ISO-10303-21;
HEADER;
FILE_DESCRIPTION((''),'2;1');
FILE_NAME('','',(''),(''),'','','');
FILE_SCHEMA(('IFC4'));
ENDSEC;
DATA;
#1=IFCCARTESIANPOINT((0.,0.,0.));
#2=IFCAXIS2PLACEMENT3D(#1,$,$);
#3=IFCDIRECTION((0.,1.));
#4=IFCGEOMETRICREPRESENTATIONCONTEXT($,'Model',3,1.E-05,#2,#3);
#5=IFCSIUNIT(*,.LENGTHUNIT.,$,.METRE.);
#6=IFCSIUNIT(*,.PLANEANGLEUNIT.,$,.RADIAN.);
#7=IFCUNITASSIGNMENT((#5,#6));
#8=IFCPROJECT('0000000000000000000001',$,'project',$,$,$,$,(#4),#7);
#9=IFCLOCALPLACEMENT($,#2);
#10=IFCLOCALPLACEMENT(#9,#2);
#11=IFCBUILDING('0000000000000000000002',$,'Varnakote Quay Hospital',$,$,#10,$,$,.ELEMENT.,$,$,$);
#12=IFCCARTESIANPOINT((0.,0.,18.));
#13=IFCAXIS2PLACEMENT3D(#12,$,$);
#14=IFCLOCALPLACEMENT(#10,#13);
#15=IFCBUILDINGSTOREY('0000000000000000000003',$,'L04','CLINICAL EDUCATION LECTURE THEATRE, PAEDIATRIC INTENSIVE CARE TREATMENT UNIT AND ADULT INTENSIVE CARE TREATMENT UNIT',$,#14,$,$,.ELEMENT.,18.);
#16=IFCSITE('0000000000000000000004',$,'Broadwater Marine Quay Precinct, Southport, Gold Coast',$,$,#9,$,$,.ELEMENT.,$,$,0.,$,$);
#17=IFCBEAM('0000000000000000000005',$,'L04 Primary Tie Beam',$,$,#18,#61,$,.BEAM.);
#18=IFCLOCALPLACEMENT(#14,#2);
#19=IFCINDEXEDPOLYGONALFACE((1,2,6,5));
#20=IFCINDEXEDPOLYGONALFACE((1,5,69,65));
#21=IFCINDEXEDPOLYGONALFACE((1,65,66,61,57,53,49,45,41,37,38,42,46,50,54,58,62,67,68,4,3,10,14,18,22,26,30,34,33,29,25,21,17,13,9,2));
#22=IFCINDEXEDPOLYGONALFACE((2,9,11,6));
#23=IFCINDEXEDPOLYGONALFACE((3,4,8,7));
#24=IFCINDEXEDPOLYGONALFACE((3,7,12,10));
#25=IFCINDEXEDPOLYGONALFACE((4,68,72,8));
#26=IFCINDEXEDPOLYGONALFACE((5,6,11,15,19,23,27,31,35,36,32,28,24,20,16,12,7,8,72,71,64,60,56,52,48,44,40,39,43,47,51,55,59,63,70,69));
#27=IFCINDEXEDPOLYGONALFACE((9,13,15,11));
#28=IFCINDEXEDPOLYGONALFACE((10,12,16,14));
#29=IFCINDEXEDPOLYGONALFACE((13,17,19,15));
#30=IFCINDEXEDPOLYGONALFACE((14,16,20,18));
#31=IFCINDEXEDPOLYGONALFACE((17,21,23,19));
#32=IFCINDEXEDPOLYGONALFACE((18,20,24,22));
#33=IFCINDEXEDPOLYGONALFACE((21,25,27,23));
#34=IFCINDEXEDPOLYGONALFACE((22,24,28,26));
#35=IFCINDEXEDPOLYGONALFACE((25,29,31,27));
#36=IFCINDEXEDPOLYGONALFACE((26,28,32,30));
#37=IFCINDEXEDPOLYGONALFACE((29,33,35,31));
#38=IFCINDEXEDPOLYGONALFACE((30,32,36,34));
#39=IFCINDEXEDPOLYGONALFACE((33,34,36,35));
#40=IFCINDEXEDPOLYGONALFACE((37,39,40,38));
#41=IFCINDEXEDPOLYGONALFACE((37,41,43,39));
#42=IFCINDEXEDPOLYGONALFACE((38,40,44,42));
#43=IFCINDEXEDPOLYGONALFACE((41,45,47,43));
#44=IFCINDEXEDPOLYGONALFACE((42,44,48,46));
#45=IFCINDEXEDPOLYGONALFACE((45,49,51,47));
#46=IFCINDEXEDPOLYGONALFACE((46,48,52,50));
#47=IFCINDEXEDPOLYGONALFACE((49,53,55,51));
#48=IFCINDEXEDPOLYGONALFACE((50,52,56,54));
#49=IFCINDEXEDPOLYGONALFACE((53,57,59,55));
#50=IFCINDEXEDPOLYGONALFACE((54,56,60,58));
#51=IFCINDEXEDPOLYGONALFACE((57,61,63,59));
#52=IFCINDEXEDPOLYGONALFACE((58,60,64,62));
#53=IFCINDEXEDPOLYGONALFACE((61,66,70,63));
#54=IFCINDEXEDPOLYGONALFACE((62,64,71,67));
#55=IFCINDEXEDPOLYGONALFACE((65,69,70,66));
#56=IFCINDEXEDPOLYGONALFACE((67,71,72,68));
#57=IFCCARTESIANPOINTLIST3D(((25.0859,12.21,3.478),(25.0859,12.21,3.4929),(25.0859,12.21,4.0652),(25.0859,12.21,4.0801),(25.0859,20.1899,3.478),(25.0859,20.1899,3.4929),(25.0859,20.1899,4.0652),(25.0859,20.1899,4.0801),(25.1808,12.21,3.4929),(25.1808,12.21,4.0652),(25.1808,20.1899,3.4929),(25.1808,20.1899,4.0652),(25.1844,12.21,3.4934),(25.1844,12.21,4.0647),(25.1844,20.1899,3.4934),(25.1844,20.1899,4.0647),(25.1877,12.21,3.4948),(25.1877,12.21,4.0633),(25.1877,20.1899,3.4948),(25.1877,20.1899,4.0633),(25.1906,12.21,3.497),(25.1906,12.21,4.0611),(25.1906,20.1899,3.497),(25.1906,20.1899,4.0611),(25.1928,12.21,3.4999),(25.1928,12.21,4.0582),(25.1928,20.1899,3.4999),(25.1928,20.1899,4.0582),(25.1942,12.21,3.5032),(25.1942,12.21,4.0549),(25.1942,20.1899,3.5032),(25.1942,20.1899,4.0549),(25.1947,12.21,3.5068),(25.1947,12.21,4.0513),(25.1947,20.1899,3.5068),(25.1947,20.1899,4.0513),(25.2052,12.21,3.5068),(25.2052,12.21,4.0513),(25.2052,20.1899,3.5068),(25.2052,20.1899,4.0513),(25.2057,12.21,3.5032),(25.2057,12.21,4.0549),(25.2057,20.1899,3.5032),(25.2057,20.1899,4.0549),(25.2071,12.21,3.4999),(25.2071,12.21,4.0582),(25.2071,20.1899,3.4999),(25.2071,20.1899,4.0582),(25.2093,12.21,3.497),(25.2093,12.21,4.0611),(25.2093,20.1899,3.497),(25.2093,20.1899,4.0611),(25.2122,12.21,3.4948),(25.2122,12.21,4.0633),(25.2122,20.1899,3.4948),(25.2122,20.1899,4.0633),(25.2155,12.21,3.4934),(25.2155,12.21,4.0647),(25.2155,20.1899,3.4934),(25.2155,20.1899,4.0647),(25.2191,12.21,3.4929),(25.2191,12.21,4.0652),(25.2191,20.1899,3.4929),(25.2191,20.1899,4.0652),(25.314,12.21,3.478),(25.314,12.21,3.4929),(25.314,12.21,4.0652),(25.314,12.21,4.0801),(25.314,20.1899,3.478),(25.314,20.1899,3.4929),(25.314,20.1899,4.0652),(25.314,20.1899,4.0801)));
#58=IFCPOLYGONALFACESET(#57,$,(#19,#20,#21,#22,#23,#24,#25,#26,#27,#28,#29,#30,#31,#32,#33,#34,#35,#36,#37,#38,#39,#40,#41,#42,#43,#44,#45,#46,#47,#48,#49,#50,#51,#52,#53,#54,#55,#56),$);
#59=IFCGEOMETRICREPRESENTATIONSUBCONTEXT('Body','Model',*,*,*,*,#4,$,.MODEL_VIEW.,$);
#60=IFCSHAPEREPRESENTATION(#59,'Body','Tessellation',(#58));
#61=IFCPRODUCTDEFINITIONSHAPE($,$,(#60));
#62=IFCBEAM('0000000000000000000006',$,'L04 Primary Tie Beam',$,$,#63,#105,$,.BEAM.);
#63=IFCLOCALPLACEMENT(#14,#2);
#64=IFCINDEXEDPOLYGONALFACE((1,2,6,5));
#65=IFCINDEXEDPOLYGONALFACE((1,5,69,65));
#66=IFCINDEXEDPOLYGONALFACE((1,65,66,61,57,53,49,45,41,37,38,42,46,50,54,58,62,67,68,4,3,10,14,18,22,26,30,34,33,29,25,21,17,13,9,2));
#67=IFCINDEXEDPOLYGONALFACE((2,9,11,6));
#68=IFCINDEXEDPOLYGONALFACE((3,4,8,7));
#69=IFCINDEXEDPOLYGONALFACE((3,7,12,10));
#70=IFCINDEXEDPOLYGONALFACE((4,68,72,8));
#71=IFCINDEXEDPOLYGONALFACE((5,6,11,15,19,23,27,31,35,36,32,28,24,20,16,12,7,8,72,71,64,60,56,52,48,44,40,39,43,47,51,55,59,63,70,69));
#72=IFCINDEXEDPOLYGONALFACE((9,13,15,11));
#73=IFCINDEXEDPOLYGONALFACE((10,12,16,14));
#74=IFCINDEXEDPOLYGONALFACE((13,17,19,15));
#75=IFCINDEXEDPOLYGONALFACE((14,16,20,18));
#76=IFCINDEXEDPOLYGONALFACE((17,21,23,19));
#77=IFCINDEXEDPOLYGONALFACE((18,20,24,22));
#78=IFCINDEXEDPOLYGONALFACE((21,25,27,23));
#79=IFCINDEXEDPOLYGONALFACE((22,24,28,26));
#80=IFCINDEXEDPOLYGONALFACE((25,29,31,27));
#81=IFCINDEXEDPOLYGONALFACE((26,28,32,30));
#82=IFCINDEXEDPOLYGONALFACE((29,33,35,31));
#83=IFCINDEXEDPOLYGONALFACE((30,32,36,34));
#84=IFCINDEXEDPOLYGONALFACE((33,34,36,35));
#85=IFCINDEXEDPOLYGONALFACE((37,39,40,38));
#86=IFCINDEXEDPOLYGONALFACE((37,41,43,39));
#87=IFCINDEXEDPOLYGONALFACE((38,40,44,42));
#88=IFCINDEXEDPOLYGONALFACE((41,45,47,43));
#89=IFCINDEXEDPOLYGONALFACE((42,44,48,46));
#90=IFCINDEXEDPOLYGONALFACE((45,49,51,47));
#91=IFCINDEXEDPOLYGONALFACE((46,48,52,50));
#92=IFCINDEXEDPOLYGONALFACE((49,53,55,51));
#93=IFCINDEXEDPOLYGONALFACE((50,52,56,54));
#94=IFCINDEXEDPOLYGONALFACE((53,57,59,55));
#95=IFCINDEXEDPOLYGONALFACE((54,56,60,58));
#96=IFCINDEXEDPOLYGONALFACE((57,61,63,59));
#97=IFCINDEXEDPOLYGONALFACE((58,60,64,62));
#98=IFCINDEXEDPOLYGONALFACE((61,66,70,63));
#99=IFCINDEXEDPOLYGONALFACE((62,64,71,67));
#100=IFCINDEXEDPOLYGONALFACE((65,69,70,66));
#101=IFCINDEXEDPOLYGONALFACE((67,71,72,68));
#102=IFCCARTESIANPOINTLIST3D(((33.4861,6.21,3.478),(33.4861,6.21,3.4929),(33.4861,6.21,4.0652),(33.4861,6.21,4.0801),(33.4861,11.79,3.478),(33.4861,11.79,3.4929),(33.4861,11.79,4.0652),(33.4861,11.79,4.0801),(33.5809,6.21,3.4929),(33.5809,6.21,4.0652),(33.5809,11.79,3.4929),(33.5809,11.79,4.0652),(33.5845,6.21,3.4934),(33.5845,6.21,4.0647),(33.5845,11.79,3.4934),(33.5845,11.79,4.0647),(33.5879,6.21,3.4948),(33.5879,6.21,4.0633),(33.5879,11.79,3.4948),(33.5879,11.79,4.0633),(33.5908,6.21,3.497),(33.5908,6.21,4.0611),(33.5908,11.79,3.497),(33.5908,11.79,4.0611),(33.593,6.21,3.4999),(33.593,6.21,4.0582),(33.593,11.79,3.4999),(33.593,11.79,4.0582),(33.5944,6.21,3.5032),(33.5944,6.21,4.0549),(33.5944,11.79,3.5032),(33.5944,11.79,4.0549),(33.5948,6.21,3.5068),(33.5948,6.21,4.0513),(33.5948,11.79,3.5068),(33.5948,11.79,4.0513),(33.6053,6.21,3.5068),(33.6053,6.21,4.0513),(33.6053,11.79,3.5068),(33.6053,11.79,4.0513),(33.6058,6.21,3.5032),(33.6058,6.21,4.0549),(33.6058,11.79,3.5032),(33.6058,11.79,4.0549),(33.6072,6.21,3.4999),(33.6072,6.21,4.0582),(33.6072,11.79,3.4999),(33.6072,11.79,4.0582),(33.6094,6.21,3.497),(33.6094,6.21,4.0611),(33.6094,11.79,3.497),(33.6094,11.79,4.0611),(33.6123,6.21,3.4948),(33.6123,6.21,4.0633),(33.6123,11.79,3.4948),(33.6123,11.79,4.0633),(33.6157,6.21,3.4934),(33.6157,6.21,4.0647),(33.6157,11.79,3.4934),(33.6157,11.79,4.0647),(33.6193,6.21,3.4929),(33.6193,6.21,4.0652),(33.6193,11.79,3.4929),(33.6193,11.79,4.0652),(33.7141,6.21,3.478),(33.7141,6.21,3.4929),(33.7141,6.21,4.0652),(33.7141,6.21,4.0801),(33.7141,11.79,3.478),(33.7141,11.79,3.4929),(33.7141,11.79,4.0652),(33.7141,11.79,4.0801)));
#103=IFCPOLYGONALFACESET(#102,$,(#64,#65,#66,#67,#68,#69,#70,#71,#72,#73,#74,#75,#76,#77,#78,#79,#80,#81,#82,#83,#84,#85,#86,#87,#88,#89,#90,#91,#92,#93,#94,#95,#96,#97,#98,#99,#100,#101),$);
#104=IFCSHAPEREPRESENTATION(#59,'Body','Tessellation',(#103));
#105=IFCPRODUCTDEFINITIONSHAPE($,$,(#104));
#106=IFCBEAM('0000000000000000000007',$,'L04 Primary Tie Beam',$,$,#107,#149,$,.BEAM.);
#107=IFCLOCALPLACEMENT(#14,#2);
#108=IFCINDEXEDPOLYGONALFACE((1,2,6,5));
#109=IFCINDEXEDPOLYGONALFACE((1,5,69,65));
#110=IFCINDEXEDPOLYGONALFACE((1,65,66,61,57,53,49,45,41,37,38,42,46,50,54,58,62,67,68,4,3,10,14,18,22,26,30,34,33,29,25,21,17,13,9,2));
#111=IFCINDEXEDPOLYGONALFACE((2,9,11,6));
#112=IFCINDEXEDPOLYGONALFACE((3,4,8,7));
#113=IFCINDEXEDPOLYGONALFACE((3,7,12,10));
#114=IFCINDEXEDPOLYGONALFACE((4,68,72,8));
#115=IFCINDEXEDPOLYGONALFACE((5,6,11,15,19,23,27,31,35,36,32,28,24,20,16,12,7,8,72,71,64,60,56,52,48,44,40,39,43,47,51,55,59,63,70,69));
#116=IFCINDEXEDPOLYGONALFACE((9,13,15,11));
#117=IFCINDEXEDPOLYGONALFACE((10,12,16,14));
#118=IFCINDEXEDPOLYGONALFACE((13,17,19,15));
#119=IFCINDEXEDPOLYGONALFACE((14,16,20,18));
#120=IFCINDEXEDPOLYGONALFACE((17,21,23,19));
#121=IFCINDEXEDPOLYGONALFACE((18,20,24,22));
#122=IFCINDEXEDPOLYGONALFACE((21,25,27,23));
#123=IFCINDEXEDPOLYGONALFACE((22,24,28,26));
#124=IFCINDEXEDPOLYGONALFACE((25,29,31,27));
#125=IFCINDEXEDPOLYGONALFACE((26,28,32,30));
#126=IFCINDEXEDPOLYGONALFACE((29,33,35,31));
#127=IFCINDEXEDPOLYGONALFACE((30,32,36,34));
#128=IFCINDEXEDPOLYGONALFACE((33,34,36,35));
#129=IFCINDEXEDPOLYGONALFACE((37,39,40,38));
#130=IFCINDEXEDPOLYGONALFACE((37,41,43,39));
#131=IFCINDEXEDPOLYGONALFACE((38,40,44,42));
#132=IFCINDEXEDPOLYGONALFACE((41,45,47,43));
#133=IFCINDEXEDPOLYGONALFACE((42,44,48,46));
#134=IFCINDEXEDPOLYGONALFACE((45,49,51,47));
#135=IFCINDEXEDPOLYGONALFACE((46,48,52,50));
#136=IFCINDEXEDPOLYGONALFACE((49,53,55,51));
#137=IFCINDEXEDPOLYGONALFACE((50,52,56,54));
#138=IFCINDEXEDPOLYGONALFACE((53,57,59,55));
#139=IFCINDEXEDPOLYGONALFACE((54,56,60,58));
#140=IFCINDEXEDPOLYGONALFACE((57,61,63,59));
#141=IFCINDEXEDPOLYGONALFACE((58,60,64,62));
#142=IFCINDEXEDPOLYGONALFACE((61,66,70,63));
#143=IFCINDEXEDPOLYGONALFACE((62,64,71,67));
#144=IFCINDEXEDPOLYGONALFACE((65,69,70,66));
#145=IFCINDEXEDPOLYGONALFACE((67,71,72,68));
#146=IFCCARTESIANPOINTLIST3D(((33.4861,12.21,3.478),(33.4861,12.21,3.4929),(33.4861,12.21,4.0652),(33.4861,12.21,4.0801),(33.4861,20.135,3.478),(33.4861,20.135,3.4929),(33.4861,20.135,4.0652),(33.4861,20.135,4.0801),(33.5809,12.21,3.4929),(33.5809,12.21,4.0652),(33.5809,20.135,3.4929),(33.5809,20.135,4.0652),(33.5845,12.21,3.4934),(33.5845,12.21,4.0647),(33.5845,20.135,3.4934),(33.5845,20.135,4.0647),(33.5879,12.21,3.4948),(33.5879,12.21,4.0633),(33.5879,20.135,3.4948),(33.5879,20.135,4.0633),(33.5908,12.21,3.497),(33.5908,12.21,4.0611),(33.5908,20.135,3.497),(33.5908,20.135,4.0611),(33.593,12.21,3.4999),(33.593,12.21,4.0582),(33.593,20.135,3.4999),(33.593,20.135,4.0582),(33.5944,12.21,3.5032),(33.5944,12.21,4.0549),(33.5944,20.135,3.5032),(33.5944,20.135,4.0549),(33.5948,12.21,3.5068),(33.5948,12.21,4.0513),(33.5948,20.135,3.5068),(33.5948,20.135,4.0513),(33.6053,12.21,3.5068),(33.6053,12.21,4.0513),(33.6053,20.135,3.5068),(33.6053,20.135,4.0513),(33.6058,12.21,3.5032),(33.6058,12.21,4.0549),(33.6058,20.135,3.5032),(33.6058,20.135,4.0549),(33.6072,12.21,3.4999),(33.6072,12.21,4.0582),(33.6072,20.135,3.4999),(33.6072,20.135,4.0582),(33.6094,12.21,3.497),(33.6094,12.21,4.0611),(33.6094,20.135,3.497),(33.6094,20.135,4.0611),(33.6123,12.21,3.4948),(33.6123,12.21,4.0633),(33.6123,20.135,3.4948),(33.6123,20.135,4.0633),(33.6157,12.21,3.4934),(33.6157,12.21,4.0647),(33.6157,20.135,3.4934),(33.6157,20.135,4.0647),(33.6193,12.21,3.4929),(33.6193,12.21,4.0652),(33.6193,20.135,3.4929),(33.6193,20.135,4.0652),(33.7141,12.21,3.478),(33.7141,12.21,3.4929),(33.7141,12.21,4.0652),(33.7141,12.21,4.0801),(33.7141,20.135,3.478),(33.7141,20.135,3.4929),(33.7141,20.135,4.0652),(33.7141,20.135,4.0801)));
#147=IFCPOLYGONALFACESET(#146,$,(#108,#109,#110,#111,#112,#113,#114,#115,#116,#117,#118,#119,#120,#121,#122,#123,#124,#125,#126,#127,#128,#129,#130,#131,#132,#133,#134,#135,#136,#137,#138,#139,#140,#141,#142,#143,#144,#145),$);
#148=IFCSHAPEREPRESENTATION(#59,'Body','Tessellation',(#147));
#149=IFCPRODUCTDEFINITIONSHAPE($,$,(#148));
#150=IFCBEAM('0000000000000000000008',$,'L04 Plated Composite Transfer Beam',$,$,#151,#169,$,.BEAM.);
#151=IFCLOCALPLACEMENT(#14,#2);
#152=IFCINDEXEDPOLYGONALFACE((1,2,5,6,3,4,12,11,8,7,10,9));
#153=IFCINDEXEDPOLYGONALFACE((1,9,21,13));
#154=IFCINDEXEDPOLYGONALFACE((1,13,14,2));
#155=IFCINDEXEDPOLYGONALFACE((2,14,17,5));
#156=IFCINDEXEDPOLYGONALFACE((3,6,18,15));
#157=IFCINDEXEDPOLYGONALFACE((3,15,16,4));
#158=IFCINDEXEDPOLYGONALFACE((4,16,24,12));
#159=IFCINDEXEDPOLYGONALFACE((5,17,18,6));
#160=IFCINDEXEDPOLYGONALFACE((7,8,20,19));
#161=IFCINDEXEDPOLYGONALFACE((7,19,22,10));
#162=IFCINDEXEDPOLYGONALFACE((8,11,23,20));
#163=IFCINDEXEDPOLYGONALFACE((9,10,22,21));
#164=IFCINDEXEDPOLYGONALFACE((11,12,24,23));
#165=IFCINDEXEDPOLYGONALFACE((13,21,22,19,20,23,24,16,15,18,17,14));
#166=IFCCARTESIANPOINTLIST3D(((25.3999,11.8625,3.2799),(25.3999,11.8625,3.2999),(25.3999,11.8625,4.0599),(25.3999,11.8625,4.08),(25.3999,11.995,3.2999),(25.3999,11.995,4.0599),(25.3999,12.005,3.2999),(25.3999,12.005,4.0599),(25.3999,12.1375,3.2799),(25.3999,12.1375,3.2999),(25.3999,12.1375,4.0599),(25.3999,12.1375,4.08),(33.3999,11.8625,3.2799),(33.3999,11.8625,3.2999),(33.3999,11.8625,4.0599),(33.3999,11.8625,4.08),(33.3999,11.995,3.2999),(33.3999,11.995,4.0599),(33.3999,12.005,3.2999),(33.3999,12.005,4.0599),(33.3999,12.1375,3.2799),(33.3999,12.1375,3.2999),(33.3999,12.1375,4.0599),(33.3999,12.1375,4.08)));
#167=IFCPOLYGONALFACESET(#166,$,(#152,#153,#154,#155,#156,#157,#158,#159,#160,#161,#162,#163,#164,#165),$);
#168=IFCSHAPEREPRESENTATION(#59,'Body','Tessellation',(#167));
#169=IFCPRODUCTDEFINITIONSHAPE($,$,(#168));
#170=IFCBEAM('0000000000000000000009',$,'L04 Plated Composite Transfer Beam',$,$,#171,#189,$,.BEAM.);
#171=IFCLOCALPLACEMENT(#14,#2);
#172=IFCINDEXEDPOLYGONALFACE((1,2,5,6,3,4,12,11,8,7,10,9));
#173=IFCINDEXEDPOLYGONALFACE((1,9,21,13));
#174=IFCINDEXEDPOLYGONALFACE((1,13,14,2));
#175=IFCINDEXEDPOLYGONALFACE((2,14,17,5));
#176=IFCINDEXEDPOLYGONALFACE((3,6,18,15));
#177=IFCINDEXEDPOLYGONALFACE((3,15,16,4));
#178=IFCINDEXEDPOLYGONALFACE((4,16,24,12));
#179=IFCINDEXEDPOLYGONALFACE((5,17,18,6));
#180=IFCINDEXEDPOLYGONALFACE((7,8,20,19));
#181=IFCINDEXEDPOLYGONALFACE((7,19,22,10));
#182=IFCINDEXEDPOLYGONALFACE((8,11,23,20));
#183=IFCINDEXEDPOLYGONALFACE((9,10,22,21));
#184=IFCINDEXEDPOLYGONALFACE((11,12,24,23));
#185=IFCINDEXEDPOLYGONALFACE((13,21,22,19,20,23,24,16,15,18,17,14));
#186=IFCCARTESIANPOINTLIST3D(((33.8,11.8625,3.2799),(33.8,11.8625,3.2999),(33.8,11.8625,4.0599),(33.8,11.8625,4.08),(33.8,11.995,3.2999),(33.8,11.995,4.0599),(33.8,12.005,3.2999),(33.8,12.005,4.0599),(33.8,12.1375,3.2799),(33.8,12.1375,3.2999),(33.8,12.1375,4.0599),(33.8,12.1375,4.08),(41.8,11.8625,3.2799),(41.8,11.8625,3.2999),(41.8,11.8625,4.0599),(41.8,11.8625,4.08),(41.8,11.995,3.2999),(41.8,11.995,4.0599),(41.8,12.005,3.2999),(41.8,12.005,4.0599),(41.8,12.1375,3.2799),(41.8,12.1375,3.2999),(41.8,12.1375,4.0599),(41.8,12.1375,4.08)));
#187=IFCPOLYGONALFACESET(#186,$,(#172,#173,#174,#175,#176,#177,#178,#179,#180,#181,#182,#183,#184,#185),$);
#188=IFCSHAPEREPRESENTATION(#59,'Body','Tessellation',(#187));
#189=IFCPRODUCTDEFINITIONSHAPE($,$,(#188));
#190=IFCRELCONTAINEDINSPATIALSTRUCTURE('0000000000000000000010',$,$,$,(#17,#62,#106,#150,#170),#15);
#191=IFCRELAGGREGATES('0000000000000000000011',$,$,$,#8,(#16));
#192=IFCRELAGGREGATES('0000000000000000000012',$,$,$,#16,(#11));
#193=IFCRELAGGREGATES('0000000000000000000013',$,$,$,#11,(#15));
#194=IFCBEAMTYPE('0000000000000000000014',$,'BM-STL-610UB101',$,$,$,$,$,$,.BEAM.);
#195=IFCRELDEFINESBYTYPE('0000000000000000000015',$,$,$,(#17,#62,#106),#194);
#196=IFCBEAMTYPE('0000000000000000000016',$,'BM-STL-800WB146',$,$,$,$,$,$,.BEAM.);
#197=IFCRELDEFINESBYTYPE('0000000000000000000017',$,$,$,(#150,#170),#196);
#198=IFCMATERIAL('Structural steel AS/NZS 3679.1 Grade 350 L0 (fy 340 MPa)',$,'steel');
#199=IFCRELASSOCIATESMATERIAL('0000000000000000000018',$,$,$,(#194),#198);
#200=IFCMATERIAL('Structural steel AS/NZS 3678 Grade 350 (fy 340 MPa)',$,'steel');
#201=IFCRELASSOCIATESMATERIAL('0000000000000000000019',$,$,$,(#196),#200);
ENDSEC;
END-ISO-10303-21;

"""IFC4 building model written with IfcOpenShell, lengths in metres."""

from ifc_helpers import new_model, si_unit, direction, frame, origin, origin_2d, place, context, subcontext, project, spatial, i_section, extrude, material, material_profile, profile_set, type_object, element, save


model = new_model("IFC4")

# Units and contexts
model_context = context("Model", 3, precision=1e-05, world=origin(), true_north=direction((0.0, 1.0)))
body_context = subcontext(model_context, "Body", "Model", "MODEL_VIEW")
ifc_project = project(units=[si_unit("LENGTHUNIT", "METRE"), si_unit("PLANEANGLEUNIT", "RADIAN")], contexts=[model_context])

# Site, building, storey
site_placement = place(None, origin())
site = spatial("IfcSite", under=ifc_project, at=site_placement, Name="Broadwater Marine Quay Precinct, Southport, Gold Coast", CompositionType="ELEMENT", RefElevation=0.0)
building_placement = place(site_placement, origin())
building = spatial("IfcBuilding", under=site, at=building_placement, Name="Varnakote Quay Hospital", CompositionType="ELEMENT")
storey_placement = place(building_placement, frame((0.0, 0.0, 18.0)))
storey = spatial("IfcBuildingStorey", under=building, at=storey_placement, Name="L04", Description="CLINICAL EDUCATION LECTURE THEATRE, PAEDIATRIC INTENSIVE CARE TREATMENT UNIT AND ADULT INTENSIVE CARE TREATMENT UNIT", CompositionType="ELEMENT", Elevation=18.0)

# Beams
ifc_material_1 = material(Name="Structural steel AS/NZS 3679.1 Grade 350 L0 (fy 340 MPa)", Category="steel")
ifc_material_profile_1 = material_profile(ifc_material_1, i_section(OverallWidth=0.228, OverallDepth=0.6021, WebThickness=0.0105, FlangeThickness=0.0149, FilletRadius=0.0139, at=origin_2d()), Name="610UB101")
ifc_profile_set_1 = profile_set([ifc_material_profile_1], Name="Structural steel AS/NZS 3679.1 Grade 350 L0 (fy 340 MPa)")
beam_type_1 = type_object("IfcBeamType", Name="BM-STL-610UB101", PredefinedType="BEAM", material=ifc_profile_set_1)
beam_1_placement = place(storey_placement, frame((25.2, 12.21, 3.7791), z_axis=(0.0, 1.0, 0.0), x_axis=(-1.0, 0.0, 0.0)))
element("IfcBeam", 1, at=beam_1_placement, inside=storey, type_object=beam_type_1, Name="L04 Primary Tie Beam", PredefinedType="BEAM", context=body_context, shape_type="SweptSolid", body=[
    extrude(i_section(OverallWidth=0.228, OverallDepth=0.6021, WebThickness=0.0105, FlangeThickness=0.0149, FilletRadius=0.0139, at=origin_2d()), origin(), (0.0, 0.0, 1.0), 7.98),
])
beam_2_placement = place(storey_placement, frame((33.6001, 6.21, 3.7791), z_axis=(0.0, 1.0, 0.0), x_axis=(-1.0, 0.0, 0.0)))
element("IfcBeam", 2, at=beam_2_placement, inside=storey, type_object=beam_type_1, Name="L04 Primary Tie Beam", PredefinedType="BEAM", context=body_context, shape_type="SweptSolid", body=[
    extrude(i_section(OverallWidth=0.228, OverallDepth=0.6021, WebThickness=0.0105, FlangeThickness=0.0149, FilletRadius=0.0139, at=origin_2d()), origin(), (0.0, 0.0, 1.0), 5.5801),
])
beam_3_placement = place(storey_placement, frame((33.6001, 12.21, 3.7791), z_axis=(0.0, 1.0, 0.0), x_axis=(-1.0, 0.0, 0.0)))
element("IfcBeam", 3, at=beam_3_placement, inside=storey, type_object=beam_type_1, Name="L04 Primary Tie Beam", PredefinedType="BEAM", context=body_context, shape_type="SweptSolid", body=[
    extrude(i_section(OverallWidth=0.228, OverallDepth=0.6021, WebThickness=0.0105, FlangeThickness=0.0149, FilletRadius=0.0139, at=origin_2d()), origin(), (0.0, 0.0, 1.0), 7.925),
])
ifc_material_2 = material(Name="Structural steel AS/NZS 3678 Grade 350 (fy 340 MPa)", Category="steel")
ifc_material_profile_2 = material_profile(ifc_material_2, i_section(OverallWidth=0.2749, OverallDepth=0.8, WebThickness=0.01, FlangeThickness=0.02, at=origin_2d()), Name="800WB146")
ifc_profile_set_2 = profile_set([ifc_material_profile_2], Name="Structural steel AS/NZS 3678 Grade 350 (fy 340 MPa)")
beam_type_2 = type_object("IfcBeamType", Name="BM-STL-800WB146", PredefinedType="BEAM", material=ifc_profile_set_2)
for number, where, z_axis, x_axis, name in (
    (4, (25.3999, 12.0, 3.6799), (1.0, 0.0, 0.0), (0.0, 1.0, 0.0), "L04 Plated Composite Transfer Beam"),
    (5, (33.8, 12.0, 3.6799), (1.0, 0.0, 0.0), (0.0, 1.0, 0.0), "L04 Plated Composite Transfer Beam"),
):
    element("IfcBeam", number, at=place(storey_placement, frame(where, z_axis=z_axis, x_axis=x_axis)), inside=storey, type_object=beam_type_2, Name=name, PredefinedType="BEAM", context=body_context, shape_type="SweptSolid", body=[
        extrude(i_section(OverallWidth=0.2749, OverallDepth=0.8, WebThickness=0.01, FlangeThickness=0.02, at=origin_2d()), origin(), (0.0, 0.0, 1.0), 8.0),
    ])

save(model, "model.ifc")
